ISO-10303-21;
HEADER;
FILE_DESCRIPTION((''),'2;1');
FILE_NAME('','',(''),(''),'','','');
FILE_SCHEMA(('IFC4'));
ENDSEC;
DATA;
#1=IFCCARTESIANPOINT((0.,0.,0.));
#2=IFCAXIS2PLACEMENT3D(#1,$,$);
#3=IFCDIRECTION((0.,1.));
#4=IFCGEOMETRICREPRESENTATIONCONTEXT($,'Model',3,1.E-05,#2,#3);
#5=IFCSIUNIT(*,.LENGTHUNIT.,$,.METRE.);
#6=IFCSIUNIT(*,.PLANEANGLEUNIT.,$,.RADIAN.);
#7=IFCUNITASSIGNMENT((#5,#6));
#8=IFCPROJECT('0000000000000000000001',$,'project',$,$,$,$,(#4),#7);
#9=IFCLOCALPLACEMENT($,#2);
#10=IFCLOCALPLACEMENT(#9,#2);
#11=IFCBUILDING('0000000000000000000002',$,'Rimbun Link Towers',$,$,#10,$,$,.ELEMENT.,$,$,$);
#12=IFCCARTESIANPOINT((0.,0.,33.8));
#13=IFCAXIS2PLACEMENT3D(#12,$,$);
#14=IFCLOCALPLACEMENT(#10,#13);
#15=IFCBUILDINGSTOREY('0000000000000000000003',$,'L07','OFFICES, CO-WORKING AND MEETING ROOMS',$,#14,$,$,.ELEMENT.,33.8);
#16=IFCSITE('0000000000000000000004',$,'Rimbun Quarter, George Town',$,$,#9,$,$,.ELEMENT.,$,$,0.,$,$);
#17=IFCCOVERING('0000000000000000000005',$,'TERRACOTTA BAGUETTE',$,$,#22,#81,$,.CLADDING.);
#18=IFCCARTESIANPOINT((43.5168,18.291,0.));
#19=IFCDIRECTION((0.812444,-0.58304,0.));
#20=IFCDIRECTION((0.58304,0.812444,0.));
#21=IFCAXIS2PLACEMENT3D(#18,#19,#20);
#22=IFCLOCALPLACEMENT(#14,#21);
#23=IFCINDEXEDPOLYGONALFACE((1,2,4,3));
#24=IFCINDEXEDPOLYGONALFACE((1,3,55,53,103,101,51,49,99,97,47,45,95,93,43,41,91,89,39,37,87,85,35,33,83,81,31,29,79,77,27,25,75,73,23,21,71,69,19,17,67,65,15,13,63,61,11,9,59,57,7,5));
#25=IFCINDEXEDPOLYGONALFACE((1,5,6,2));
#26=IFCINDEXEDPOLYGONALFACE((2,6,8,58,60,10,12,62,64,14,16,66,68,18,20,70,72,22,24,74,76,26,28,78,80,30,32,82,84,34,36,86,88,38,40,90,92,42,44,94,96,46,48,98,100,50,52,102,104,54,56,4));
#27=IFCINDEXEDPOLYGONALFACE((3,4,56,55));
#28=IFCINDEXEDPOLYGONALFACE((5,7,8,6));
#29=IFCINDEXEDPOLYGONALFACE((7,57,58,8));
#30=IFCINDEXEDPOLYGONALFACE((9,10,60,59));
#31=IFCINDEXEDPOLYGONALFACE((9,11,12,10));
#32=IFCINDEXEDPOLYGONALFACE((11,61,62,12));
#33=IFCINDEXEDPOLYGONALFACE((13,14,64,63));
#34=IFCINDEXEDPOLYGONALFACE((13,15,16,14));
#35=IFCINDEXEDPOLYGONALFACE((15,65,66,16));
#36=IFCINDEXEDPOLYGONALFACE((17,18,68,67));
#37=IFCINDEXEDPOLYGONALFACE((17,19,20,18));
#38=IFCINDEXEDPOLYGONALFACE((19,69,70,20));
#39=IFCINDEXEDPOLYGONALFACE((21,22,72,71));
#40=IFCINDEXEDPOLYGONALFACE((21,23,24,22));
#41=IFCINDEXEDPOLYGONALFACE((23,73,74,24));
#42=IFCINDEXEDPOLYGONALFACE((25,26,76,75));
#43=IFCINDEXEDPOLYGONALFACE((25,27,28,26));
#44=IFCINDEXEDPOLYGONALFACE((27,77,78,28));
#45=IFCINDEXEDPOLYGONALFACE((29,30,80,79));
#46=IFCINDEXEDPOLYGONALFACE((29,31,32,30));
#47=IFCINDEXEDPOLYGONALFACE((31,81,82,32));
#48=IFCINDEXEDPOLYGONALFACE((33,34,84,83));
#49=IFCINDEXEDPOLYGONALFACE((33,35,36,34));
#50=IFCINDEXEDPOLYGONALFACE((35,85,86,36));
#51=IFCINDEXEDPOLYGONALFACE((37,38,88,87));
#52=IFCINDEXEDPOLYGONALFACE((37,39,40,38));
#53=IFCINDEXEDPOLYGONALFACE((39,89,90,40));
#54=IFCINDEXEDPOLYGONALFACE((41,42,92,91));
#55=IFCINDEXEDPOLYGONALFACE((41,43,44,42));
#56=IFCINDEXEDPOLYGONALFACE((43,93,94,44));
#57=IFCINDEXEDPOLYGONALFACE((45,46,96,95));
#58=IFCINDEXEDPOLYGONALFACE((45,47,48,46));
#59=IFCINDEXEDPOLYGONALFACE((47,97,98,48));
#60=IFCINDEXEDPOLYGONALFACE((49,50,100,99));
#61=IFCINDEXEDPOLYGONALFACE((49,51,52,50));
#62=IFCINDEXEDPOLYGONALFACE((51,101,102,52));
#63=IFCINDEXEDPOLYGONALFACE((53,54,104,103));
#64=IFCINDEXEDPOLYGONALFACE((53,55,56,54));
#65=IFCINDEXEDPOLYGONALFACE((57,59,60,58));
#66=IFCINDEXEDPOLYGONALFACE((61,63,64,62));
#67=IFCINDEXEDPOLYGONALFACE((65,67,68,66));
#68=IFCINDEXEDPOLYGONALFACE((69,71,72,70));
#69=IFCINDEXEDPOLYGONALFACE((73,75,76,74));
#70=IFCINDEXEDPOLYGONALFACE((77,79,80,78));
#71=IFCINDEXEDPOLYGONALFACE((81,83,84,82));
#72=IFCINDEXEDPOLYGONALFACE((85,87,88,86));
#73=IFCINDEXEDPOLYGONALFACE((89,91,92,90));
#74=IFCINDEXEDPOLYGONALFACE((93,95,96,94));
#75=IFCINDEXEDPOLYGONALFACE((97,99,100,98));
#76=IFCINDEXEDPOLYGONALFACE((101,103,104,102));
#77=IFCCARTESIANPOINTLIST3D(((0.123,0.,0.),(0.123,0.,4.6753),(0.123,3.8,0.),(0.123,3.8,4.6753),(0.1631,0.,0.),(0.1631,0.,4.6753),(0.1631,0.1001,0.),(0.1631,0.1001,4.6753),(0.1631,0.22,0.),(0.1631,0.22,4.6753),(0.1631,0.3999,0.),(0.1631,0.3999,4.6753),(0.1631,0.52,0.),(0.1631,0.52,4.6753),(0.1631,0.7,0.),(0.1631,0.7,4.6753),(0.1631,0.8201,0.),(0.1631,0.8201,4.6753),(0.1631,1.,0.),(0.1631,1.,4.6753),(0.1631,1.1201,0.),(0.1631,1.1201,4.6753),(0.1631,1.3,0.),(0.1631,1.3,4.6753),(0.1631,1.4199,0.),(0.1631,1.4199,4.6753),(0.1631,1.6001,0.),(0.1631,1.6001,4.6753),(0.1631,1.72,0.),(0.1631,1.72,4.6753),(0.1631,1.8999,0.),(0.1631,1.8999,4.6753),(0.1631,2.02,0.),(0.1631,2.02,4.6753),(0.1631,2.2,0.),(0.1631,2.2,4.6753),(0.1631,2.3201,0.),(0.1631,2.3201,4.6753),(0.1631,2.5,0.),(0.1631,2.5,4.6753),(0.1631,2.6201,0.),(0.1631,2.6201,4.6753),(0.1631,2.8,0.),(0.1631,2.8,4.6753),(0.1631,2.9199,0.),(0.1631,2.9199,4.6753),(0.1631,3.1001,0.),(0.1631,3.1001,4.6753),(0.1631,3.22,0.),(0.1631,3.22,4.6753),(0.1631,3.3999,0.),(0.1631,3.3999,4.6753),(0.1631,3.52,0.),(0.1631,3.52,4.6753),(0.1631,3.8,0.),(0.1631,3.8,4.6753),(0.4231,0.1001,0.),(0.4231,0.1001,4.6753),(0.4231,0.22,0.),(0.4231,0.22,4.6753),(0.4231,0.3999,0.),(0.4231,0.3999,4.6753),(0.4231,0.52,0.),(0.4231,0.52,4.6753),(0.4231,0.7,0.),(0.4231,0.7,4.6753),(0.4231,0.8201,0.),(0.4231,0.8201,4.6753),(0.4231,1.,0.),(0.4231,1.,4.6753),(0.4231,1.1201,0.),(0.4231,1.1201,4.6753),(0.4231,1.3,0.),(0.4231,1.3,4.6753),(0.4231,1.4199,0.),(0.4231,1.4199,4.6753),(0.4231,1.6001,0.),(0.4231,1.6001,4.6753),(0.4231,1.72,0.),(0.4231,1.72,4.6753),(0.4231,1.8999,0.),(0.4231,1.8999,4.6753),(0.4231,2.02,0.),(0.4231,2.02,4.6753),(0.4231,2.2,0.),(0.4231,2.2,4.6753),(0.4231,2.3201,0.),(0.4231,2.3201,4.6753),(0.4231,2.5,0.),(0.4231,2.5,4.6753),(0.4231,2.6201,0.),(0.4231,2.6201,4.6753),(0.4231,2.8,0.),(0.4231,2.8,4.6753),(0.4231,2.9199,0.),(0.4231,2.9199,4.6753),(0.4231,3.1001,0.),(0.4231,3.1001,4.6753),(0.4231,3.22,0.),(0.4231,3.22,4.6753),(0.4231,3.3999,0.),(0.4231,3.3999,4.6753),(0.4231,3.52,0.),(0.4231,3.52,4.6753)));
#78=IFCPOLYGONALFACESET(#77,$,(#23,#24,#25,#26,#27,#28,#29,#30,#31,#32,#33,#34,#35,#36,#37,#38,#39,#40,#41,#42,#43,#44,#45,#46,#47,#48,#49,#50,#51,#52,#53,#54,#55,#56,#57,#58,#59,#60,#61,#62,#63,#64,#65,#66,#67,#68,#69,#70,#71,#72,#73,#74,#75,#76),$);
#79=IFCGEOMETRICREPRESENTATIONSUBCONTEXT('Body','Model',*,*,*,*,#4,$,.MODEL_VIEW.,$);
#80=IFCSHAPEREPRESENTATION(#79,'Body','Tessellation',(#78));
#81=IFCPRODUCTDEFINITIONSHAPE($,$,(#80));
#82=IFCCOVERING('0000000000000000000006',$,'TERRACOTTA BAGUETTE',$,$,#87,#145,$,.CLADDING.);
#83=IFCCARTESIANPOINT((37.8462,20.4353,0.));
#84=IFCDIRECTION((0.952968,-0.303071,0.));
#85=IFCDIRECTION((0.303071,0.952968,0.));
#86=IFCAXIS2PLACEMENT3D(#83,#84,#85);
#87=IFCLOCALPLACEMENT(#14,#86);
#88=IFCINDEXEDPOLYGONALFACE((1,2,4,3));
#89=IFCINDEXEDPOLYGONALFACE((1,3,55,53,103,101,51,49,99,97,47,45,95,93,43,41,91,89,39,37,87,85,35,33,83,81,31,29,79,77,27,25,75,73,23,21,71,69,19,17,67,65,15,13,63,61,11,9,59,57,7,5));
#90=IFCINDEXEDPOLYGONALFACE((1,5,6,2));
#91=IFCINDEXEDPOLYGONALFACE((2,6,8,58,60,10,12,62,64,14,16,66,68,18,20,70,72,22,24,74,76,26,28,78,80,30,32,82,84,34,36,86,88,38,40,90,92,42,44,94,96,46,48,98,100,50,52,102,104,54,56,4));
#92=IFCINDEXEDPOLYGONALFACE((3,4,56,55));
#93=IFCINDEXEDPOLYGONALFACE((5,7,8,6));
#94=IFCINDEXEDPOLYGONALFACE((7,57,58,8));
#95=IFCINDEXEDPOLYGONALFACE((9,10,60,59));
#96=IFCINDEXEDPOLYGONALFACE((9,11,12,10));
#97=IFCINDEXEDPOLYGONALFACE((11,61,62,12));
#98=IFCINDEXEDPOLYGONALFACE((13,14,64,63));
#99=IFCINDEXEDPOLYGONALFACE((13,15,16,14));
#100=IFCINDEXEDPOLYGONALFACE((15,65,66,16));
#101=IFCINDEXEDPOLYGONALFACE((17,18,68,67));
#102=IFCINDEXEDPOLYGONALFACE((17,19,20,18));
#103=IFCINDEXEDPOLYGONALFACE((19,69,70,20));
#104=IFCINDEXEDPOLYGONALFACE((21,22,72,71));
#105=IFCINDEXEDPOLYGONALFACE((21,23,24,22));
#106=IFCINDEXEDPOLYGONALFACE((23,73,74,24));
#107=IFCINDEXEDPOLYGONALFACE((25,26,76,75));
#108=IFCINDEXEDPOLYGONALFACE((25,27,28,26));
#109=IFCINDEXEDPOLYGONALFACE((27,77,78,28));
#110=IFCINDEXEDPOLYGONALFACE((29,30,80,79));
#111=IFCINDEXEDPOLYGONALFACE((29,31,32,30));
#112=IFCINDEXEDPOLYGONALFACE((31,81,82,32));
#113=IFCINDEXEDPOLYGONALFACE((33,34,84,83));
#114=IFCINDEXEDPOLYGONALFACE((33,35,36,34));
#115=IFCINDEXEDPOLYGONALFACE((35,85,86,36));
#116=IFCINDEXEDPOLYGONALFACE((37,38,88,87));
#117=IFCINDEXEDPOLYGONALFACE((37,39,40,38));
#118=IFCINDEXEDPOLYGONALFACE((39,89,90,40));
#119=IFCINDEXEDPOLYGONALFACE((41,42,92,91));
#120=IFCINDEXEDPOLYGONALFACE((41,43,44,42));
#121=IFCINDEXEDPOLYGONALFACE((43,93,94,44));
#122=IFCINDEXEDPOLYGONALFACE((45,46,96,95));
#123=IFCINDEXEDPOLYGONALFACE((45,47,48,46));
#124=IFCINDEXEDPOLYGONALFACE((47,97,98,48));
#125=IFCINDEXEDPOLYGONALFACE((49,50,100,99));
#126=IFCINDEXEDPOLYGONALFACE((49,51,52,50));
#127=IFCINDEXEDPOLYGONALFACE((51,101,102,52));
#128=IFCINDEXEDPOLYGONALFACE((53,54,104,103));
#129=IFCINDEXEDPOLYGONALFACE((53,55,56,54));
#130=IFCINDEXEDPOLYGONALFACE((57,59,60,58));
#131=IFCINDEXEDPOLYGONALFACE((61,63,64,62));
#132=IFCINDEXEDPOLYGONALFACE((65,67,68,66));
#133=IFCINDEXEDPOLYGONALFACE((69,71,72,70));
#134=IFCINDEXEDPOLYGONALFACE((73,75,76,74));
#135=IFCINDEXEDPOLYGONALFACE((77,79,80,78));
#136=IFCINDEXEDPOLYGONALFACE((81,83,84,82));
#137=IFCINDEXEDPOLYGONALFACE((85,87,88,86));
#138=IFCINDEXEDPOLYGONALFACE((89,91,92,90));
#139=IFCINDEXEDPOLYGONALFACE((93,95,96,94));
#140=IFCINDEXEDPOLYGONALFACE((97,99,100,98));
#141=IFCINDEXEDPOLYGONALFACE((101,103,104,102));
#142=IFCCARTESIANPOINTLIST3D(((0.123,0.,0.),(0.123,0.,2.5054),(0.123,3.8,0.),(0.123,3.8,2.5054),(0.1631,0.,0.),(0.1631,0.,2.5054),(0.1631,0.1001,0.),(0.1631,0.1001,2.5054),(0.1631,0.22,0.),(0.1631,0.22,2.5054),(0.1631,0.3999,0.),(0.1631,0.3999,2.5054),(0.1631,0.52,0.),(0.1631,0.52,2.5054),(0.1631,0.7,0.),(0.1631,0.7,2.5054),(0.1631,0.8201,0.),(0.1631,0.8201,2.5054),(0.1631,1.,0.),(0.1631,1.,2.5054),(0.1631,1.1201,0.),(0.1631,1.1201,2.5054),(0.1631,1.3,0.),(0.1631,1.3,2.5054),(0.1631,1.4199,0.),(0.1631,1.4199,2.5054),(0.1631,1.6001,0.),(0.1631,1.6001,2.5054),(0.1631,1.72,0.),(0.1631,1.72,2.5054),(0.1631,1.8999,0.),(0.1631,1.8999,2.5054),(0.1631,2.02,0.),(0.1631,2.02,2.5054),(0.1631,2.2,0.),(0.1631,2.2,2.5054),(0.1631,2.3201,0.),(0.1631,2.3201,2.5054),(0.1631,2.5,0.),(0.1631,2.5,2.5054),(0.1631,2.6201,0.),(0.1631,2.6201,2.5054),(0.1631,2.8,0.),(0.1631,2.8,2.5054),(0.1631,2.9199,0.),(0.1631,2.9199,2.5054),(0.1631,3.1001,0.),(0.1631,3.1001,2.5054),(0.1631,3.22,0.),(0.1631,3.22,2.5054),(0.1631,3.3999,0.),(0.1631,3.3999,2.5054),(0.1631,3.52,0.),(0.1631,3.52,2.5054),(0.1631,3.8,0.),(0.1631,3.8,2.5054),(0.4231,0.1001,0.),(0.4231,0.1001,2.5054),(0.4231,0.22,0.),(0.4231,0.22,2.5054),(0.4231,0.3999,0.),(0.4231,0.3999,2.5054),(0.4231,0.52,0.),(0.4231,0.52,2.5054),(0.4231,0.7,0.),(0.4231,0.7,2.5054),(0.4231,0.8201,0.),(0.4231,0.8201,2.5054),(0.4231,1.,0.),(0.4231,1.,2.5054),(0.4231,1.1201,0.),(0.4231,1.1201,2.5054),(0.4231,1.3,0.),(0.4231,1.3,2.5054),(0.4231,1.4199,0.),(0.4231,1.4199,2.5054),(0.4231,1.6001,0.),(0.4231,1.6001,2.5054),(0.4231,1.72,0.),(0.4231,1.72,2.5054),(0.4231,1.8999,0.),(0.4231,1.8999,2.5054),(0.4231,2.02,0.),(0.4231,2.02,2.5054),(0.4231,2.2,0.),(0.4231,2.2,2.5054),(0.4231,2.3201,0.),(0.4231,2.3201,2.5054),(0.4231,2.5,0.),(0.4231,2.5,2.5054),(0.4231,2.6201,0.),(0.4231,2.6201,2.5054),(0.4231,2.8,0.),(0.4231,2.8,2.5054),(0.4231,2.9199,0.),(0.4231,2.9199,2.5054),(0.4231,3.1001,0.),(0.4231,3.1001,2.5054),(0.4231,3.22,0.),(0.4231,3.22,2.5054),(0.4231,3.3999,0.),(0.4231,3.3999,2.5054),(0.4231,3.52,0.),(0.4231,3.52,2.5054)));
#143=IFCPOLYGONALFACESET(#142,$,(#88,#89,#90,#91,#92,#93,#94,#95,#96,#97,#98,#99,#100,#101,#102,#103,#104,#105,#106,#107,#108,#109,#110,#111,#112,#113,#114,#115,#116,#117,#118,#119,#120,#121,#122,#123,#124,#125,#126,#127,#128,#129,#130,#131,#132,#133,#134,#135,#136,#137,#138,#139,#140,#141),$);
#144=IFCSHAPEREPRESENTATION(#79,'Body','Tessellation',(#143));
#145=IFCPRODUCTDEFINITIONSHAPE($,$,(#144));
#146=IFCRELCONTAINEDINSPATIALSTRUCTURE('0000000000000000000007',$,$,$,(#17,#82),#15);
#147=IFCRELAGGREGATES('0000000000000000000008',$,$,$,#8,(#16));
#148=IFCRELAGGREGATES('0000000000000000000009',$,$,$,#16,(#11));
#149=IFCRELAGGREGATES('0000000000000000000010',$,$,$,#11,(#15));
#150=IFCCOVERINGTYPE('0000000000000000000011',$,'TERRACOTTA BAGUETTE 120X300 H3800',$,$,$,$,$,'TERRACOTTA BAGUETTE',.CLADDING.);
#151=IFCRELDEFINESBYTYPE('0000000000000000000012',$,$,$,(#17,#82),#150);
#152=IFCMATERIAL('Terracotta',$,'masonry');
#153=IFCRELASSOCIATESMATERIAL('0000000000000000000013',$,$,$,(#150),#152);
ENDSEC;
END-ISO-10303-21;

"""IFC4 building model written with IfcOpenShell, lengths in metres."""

from ifc_helpers import new_model, si_unit, direction, frame, origin, place, context, subcontext, project, spatial, polyline, outline, extrude, material, material_profile, profile_set, type_object, element, save


model = new_model("IFC4")

# Units and contexts
model_context = context("Model", 3, precision=1e-05, world=origin(), true_north=direction((0.0, 1.0)))
body_context = subcontext(model_context, "Body", "Model", "MODEL_VIEW")
ifc_project = project(units=[si_unit("LENGTHUNIT", "METRE"), si_unit("PLANEANGLEUNIT", "RADIAN")], contexts=[model_context])

# Site, building, storey
site_placement = place(None, origin())
site = spatial("IfcSite", under=ifc_project, at=site_placement, Name="Rimbun Quarter, George Town", CompositionType="ELEMENT", RefElevation=0.0)
building_placement = place(site_placement, origin())
building = spatial("IfcBuilding", under=site, at=building_placement, Name="Rimbun Link Towers", CompositionType="ELEMENT")
storey_placement = place(building_placement, frame((0.0, 0.0, 33.8)))
storey = spatial("IfcBuildingStorey", under=building, at=storey_placement, Name="L07", Description="OFFICES, CO-WORKING AND MEETING ROOMS", CompositionType="ELEMENT", Elevation=33.8)

# Coverings
ifc_material_1 = material(Name="Terracotta", Category="masonry")
ifc_material_profile_1 = material_profile(ifc_material_1, outline(polyline([(0.123, 0.0), (0.1631, 0.0), (0.1631, 0.1001), (0.4231, 0.1001), (0.4231, 0.22), (0.1631, 0.22), (0.1631, 0.3999), (0.4231, 0.3999), (0.4231, 0.52), (0.1631, 0.52), (0.1631, 0.7), (0.4231, 0.7), (0.4231, 0.8201), (0.1631, 0.8201), (0.1631, 1.0), (0.4231, 1.0), (0.4231, 1.1201), (0.1631, 1.1201), (0.1631, 1.3), (0.4231, 1.3), (0.4231, 1.4199), (0.1631, 1.4199), (0.1631, 1.6001), (0.4231, 1.6001), (0.4231, 1.72), (0.1631, 1.72), (0.1631, 1.8999), (0.4231, 1.8999), (0.4231, 2.02), (0.1631, 2.02), (0.1631, 2.2), (0.4231, 2.2), (0.4231, 2.3201), (0.1631, 2.3201), (0.1631, 2.5), (0.4231, 2.5), (0.4231, 2.6201), (0.1631, 2.6201), (0.1631, 2.8), (0.4231, 2.8), (0.4231, 2.9199), (0.1631, 2.9199), (0.1631, 3.1001), (0.4231, 3.1001), (0.4231, 3.22), (0.1631, 3.22), (0.1631, 3.3999), (0.4231, 3.3999), (0.4231, 3.52), (0.1631, 3.52), (0.1631, 3.8), (0.123, 3.8), (0.123, 0.0)])), Name="BAGUETTE 120X300")
ifc_profile_set_1 = profile_set([ifc_material_profile_1], Name="Terracotta")
covering_type = type_object("IfcCoveringType", Name="TERRACOTTA BAGUETTE 120X300 H3800", ElementType="TERRACOTTA BAGUETTE", PredefinedType="CLADDING", material=ifc_profile_set_1)
covering_1_placement = place(storey_placement, frame((43.5168, 18.291, 0.0), z_axis=(0.812444, -0.58304, 0.0), x_axis=(0.58304, 0.812444, 0.0)))
element("IfcCovering", 1, at=covering_1_placement, inside=storey, type_object=covering_type, Name="TERRACOTTA BAGUETTE", PredefinedType="CLADDING", context=body_context, shape_type="SweptSolid", body=[
    extrude(outline(polyline([(0.123, 0.0), (0.1631, 0.0), (0.1631, 0.1001), (0.4231, 0.1001), (0.4231, 0.22), (0.1631, 0.22), (0.1631, 0.3999), (0.4231, 0.3999), (0.4231, 0.52), (0.1631, 0.52), (0.1631, 0.7), (0.4231, 0.7), (0.4231, 0.8201), (0.1631, 0.8201), (0.1631, 1.0), (0.4231, 1.0), (0.4231, 1.1201), (0.1631, 1.1201), (0.1631, 1.3), (0.4231, 1.3), (0.4231, 1.4199), (0.1631, 1.4199), (0.1631, 1.6001), (0.4231, 1.6001), (0.4231, 1.72), (0.1631, 1.72), (0.1631, 1.8999), (0.4231, 1.8999), (0.4231, 2.02), (0.1631, 2.02), (0.1631, 2.2), (0.4231, 2.2), (0.4231, 2.3201), (0.1631, 2.3201), (0.1631, 2.5), (0.4231, 2.5), (0.4231, 2.6201), (0.1631, 2.6201), (0.1631, 2.8), (0.4231, 2.8), (0.4231, 2.9199), (0.1631, 2.9199), (0.1631, 3.1001), (0.4231, 3.1001), (0.4231, 3.22), (0.1631, 3.22), (0.1631, 3.3999), (0.4231, 3.3999), (0.4231, 3.52), (0.1631, 3.52), (0.1631, 3.8), (0.123, 3.8), (0.123, 0.0)])), origin(), (0.0, 0.0, 1.0), 4.6753),
])
covering_2_placement = place(storey_placement, frame((37.8462, 20.4353, 0.0), z_axis=(0.952968, -0.303071, 0.0), x_axis=(0.303071, 0.952968, 0.0)))
element("IfcCovering", 2, at=covering_2_placement, inside=storey, type_object=covering_type, Name="TERRACOTTA BAGUETTE", PredefinedType="CLADDING", context=body_context, shape_type="SweptSolid", body=[
    extrude(outline(polyline([(0.123, 0.0), (0.1631, 0.0), (0.1631, 0.1001), (0.4231, 0.1001), (0.4231, 0.22), (0.1631, 0.22), (0.1631, 0.3999), (0.4231, 0.3999), (0.4231, 0.52), (0.1631, 0.52), (0.1631, 0.7), (0.4231, 0.7), (0.4231, 0.8201), (0.1631, 0.8201), (0.1631, 1.0), (0.4231, 1.0), (0.4231, 1.1201), (0.1631, 1.1201), (0.1631, 1.3), (0.4231, 1.3), (0.4231, 1.4199), (0.1631, 1.4199), (0.1631, 1.6001), (0.4231, 1.6001), (0.4231, 1.72), (0.1631, 1.72), (0.1631, 1.8999), (0.4231, 1.8999), (0.4231, 2.02), (0.1631, 2.02), (0.1631, 2.2), (0.4231, 2.2), (0.4231, 2.3201), (0.1631, 2.3201), (0.1631, 2.5), (0.4231, 2.5), (0.4231, 2.6201), (0.1631, 2.6201), (0.1631, 2.8), (0.4231, 2.8), (0.4231, 2.9199), (0.1631, 2.9199), (0.1631, 3.1001), (0.4231, 3.1001), (0.4231, 3.22), (0.1631, 3.22), (0.1631, 3.3999), (0.4231, 3.3999), (0.4231, 3.52), (0.1631, 3.52), (0.1631, 3.8), (0.123, 3.8), (0.123, 0.0)])), origin(), (0.0, 0.0, 1.0), 2.5054),
])

save(model, "model.ifc")
